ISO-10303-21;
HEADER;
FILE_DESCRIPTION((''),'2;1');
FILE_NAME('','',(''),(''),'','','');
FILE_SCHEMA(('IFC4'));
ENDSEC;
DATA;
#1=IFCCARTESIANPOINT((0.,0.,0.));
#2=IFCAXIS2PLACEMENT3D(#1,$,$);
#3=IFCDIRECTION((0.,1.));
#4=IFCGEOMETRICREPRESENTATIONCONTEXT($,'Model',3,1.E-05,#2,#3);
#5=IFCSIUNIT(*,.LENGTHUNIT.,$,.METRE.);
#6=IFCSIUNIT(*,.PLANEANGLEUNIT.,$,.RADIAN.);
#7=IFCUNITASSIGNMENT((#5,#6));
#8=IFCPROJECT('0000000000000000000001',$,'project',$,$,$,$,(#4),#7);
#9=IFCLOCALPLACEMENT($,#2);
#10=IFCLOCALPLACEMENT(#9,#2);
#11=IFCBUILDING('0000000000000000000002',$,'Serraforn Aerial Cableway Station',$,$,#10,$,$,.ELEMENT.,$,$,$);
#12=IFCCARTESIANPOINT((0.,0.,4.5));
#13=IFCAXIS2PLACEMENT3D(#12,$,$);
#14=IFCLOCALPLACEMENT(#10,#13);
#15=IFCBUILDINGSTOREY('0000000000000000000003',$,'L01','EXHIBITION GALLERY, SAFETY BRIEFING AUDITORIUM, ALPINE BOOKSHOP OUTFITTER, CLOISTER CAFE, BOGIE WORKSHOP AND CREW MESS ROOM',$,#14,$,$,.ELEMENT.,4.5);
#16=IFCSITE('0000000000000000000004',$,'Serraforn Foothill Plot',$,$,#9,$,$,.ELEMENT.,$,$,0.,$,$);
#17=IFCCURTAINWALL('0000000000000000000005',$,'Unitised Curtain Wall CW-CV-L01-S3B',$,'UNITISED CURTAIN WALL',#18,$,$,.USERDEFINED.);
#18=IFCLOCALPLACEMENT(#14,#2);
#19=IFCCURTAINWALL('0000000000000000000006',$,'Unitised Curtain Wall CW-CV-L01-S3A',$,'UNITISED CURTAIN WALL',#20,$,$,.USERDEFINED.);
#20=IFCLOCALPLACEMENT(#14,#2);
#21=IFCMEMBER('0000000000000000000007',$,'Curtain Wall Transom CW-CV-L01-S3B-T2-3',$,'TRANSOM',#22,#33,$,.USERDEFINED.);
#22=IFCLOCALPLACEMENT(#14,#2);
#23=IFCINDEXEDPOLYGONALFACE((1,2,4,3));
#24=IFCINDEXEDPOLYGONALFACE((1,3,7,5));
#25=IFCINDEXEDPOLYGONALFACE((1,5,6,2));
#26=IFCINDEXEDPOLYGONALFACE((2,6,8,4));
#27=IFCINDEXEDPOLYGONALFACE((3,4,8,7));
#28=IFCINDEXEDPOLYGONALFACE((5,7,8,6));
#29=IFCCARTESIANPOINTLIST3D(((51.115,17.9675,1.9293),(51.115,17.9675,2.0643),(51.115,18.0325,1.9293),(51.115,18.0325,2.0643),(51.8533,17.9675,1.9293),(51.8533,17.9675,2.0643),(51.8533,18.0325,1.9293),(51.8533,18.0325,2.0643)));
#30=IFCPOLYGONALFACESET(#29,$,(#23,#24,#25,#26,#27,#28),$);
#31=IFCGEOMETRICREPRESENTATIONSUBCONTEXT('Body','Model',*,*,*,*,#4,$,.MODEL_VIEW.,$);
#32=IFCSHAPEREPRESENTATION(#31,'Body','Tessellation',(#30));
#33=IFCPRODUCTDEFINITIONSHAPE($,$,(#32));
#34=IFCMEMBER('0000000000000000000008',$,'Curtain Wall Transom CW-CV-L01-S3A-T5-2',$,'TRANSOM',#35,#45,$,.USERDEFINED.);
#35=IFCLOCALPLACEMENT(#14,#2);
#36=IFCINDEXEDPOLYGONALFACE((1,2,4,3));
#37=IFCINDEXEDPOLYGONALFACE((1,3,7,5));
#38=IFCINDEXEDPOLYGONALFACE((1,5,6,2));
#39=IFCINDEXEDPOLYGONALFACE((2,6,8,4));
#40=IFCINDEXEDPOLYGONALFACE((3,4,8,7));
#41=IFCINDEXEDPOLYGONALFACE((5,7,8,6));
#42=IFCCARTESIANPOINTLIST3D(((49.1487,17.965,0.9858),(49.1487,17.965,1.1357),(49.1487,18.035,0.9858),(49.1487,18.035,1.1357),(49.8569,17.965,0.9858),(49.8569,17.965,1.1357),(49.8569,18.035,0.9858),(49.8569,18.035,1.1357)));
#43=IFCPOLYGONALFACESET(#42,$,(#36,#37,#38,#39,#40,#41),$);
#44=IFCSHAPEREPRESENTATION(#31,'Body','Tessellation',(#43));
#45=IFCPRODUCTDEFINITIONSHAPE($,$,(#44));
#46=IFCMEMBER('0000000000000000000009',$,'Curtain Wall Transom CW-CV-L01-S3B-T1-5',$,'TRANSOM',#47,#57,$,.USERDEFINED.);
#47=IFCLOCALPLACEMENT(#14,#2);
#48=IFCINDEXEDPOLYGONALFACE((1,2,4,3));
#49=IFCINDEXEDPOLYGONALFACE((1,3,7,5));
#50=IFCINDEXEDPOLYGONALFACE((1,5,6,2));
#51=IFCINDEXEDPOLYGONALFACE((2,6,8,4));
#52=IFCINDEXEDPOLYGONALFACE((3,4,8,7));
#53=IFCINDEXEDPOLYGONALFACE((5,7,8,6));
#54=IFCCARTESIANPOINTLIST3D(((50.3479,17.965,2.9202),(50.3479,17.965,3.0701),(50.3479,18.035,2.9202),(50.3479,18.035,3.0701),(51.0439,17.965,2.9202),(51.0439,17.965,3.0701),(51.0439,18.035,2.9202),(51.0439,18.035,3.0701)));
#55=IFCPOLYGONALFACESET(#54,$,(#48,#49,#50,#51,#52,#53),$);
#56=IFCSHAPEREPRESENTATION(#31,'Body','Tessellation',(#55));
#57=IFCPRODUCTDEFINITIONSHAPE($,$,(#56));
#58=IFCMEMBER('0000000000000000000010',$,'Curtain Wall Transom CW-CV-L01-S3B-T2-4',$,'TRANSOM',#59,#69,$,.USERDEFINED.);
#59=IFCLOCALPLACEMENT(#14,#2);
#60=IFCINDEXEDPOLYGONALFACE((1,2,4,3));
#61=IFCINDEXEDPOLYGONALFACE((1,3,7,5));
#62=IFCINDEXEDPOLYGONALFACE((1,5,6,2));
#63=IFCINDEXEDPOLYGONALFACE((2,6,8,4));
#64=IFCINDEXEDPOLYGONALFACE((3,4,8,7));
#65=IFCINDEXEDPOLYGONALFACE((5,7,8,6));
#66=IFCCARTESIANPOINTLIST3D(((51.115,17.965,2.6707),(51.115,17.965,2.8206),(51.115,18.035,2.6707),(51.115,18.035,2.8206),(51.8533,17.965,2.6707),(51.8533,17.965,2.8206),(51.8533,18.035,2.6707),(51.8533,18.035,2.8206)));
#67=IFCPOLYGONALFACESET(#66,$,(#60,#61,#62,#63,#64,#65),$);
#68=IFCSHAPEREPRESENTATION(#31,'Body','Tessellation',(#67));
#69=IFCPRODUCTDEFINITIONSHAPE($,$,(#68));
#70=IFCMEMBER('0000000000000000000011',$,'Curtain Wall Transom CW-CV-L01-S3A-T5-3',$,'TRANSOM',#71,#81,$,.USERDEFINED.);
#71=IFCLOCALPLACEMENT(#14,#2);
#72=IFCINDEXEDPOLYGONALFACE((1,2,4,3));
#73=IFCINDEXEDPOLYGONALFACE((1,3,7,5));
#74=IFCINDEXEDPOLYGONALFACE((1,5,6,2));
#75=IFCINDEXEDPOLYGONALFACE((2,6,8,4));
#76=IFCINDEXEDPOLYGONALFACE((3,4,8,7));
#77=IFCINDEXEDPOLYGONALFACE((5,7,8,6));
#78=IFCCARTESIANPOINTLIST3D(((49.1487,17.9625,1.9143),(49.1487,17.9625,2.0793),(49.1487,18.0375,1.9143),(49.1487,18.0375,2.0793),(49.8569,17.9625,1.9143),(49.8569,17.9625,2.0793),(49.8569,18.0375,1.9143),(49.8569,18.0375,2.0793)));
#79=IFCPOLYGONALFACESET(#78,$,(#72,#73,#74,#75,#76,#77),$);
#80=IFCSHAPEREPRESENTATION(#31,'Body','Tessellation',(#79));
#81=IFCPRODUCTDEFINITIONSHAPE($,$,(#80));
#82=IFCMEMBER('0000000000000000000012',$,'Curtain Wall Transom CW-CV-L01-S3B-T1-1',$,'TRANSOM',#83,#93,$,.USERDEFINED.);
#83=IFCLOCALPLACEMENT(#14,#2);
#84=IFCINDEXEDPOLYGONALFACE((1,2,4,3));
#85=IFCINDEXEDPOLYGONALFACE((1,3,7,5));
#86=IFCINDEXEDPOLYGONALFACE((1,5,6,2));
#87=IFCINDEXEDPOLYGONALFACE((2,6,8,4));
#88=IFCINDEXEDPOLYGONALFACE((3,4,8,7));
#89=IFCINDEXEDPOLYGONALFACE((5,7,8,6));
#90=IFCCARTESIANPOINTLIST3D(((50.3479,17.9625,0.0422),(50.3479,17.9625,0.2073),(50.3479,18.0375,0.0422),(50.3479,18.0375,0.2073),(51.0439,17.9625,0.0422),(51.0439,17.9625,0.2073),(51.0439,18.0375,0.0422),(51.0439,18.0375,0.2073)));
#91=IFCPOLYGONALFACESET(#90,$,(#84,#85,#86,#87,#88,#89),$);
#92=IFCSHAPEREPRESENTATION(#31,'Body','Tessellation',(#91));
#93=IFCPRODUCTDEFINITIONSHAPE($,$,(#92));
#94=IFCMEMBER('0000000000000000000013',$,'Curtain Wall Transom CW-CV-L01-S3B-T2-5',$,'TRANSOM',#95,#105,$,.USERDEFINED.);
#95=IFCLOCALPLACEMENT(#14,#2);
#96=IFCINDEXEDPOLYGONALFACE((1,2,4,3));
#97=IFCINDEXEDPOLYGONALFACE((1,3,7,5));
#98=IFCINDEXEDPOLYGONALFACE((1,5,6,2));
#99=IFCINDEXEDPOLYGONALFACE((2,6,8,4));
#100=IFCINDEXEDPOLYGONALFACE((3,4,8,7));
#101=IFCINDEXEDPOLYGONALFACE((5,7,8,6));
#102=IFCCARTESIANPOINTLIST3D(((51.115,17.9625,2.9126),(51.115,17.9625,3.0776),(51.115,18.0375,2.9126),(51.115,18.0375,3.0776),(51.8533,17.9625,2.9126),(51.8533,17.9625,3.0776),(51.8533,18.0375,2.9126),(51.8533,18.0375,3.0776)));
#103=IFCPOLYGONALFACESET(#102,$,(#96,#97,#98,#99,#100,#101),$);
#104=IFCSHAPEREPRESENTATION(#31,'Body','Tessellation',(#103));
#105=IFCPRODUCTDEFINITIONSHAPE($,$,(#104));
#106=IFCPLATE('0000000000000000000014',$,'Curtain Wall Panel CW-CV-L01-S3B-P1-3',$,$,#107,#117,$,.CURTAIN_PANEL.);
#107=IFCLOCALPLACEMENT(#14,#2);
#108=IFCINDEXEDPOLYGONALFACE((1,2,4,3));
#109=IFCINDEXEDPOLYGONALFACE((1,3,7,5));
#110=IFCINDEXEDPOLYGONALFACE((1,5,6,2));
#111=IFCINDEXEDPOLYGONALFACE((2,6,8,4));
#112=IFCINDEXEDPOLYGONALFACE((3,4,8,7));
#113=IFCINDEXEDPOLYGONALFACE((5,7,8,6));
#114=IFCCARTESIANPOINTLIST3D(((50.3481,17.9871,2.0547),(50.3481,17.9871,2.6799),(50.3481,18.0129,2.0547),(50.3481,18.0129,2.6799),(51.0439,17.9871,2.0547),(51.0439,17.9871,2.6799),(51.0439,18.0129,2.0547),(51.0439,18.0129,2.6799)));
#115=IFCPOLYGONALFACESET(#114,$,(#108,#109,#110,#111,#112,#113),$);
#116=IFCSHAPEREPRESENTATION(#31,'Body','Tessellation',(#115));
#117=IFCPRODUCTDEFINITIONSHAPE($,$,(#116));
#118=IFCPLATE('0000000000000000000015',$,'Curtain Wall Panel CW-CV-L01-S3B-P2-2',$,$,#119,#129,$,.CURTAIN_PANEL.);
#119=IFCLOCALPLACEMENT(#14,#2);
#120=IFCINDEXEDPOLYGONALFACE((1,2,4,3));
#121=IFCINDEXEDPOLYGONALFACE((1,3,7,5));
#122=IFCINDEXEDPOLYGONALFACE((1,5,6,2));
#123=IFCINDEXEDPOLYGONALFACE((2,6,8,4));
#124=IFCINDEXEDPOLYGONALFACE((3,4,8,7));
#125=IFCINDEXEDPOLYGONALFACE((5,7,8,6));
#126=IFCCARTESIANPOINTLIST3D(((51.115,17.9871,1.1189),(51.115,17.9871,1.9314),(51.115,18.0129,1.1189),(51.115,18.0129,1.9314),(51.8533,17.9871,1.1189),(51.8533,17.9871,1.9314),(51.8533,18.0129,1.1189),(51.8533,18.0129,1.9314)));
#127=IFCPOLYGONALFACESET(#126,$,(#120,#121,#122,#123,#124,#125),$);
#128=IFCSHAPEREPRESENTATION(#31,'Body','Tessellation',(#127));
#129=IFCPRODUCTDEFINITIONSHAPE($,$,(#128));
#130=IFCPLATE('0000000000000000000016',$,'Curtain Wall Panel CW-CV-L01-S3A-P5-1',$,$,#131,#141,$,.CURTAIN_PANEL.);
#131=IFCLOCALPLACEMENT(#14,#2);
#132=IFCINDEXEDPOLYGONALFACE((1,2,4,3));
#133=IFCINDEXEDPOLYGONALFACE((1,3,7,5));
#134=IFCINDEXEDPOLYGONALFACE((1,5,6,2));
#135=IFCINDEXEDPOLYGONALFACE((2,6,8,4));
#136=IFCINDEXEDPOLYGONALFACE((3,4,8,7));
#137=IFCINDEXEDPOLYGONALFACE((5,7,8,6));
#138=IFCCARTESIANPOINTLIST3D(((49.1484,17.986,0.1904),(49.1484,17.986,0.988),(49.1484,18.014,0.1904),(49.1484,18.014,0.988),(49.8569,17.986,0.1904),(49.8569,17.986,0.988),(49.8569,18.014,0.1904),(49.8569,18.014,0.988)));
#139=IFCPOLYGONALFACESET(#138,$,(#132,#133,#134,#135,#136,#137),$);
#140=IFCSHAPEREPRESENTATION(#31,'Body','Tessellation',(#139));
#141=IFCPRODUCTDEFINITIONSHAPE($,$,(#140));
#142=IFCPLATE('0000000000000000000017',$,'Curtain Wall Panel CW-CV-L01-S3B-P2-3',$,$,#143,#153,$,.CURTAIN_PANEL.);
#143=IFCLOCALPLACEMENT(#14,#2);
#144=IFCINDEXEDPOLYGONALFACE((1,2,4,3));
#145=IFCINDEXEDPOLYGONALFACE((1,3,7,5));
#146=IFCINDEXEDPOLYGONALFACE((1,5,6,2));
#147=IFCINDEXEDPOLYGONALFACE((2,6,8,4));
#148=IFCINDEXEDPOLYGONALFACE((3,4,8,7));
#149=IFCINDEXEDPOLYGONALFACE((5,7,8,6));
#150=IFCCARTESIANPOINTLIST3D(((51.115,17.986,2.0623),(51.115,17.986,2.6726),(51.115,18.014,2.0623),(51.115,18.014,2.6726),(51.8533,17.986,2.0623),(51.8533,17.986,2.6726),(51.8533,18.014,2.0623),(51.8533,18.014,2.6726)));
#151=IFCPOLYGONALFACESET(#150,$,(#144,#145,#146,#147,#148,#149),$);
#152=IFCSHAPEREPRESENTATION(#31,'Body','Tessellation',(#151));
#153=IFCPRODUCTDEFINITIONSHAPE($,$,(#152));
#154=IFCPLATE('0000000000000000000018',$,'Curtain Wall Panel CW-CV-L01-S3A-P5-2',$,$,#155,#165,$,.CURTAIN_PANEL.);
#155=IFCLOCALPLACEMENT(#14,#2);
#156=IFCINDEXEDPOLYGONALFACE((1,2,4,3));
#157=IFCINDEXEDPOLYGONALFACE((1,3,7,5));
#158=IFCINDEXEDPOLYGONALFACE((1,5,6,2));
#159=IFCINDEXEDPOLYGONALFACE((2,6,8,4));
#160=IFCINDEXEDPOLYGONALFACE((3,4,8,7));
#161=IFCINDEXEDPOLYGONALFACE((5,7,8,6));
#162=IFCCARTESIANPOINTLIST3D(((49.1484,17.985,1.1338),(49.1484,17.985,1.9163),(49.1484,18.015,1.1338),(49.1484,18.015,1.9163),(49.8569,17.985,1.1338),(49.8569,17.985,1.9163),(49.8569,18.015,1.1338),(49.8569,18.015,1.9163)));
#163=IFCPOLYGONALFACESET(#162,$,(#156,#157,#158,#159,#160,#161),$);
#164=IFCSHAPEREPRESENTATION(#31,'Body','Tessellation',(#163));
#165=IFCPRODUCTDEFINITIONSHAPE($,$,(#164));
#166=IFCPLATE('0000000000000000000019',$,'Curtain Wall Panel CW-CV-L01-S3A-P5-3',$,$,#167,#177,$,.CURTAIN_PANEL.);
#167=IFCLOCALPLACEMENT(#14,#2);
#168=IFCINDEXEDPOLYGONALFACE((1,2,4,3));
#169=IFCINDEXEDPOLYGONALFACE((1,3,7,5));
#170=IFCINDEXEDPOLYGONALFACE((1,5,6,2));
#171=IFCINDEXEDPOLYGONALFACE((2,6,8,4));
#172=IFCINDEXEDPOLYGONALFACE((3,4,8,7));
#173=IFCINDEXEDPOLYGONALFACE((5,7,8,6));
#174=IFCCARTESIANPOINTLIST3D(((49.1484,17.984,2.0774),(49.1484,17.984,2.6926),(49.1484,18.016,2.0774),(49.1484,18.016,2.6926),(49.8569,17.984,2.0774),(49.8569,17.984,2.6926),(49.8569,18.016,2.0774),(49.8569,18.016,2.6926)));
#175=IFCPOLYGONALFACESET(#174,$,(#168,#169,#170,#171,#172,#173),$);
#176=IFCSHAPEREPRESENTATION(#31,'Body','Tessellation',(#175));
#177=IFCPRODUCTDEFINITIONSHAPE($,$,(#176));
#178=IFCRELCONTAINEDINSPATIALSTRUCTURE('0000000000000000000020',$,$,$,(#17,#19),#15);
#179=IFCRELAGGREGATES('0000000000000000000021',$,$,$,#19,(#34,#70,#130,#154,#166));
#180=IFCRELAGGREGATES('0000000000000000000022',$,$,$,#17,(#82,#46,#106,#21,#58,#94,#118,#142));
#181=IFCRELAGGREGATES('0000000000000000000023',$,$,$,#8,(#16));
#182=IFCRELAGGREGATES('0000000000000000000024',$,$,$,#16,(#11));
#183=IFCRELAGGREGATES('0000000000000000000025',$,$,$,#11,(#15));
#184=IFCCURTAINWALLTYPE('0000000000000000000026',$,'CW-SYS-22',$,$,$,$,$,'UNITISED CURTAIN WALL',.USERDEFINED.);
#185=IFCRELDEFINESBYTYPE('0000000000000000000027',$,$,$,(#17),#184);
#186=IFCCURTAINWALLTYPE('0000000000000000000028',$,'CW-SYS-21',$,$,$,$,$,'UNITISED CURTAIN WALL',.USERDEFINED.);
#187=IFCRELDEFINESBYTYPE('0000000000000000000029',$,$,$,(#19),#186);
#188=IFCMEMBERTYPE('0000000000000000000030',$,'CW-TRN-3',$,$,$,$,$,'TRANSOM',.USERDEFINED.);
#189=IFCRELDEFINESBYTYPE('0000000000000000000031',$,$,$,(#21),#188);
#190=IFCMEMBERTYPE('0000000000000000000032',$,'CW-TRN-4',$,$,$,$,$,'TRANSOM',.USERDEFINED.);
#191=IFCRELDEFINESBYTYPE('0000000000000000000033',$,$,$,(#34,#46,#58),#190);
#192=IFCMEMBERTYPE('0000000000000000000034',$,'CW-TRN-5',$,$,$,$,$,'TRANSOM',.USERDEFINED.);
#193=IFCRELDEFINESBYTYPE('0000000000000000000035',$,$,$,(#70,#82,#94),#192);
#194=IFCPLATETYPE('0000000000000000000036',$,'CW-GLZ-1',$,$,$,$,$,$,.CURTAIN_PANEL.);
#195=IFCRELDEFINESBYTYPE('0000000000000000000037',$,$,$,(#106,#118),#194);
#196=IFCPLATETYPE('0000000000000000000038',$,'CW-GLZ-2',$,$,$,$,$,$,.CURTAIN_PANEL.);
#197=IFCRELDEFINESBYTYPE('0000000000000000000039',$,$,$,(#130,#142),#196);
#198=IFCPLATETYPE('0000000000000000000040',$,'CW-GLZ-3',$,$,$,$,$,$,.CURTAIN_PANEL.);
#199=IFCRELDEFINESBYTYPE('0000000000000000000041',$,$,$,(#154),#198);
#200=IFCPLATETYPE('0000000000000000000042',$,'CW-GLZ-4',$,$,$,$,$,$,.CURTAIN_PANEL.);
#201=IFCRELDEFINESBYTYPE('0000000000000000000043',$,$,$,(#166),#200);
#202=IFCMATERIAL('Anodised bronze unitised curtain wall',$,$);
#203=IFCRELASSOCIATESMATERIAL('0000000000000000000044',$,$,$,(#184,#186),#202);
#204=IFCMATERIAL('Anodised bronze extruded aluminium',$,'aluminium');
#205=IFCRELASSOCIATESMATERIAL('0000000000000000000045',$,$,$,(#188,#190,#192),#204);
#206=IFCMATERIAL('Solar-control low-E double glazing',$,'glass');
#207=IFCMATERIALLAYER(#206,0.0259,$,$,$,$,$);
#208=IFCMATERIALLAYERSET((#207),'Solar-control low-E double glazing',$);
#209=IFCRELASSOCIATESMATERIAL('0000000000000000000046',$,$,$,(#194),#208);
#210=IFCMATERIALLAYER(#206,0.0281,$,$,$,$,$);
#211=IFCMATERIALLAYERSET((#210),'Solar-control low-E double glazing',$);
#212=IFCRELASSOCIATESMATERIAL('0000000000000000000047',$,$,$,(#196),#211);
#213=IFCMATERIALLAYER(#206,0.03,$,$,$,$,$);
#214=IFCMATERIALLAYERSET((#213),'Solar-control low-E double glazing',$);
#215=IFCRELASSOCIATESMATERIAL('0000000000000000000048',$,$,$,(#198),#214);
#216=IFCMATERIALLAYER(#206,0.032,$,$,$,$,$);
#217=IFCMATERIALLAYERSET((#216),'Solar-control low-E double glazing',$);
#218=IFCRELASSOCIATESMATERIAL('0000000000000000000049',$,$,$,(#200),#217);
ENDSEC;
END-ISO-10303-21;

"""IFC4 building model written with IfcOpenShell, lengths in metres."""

from ifc_helpers import new_model, si_unit, direction, frame, origin, origin_2d, place, context, subcontext, project, spatial, rectangle, extrude, material, layer, layer_set, material_profile, profile_set, type_object, element, aggregate, save


model = new_model("IFC4")

# Units and contexts
model_context = context("Model", 3, precision=1e-05, world=origin(), true_north=direction((0.0, 1.0)))
body_context = subcontext(model_context, "Body", "Model", "MODEL_VIEW")
ifc_project = project(units=[si_unit("LENGTHUNIT", "METRE"), si_unit("PLANEANGLEUNIT", "RADIAN")], contexts=[model_context])

# Site, building, storey
site_placement = place(None, origin())
site = spatial("IfcSite", under=ifc_project, at=site_placement, Name="Serraforn Foothill Plot", CompositionType="ELEMENT", RefElevation=0.0)
building_placement = place(site_placement, origin())
building = spatial("IfcBuilding", under=site, at=building_placement, Name="Serraforn Aerial Cableway Station", CompositionType="ELEMENT")
storey_placement = place(building_placement, frame((0.0, 0.0, 4.5)))
storey = spatial("IfcBuildingStorey", under=building, at=storey_placement, Name="L01", Description="EXHIBITION GALLERY, SAFETY BRIEFING AUDITORIUM, ALPINE BOOKSHOP OUTFITTER, CLOISTER CAFE, BOGIE WORKSHOP AND CREW MESS ROOM", CompositionType="ELEMENT", Elevation=4.5)

# Curtain wall
ifc_material_1 = material(Name="Anodised bronze unitised curtain wall")
curtain_wall_type_1 = type_object("IfcCurtainWallType", Name="CW-SYS-22", ElementType="UNITISED CURTAIN WALL", PredefinedType="USERDEFINED", material=ifc_material_1)
curtain_wall_1_placement = place(storey_placement, origin())
curtain_wall_1 = element("IfcCurtainWall", 1, at=curtain_wall_1_placement, inside=storey, type_object=curtain_wall_type_1, Name="Unitised Curtain Wall CW-CV-L01-S3B", ObjectType="UNITISED CURTAIN WALL", PredefinedType="USERDEFINED")
ifc_material_2 = material(Name="Anodised bronze extruded aluminium", Category="aluminium")

# Curtain wall
curtain_wall_type_2 = type_object("IfcCurtainWallType", Name="CW-SYS-21", ElementType="UNITISED CURTAIN WALL", PredefinedType="USERDEFINED", material=ifc_material_1)
curtain_wall_2_placement = place(storey_placement, origin())
curtain_wall_2 = element("IfcCurtainWall", 2, at=curtain_wall_2_placement, inside=storey, type_object=curtain_wall_type_2, Name="Unitised Curtain Wall CW-CV-L01-S3A", ObjectType="UNITISED CURTAIN WALL", PredefinedType="USERDEFINED")

# Members
ifc_material_profile_1 = material_profile(ifc_material_2, rectangle(XDim=0.0649, YDim=0.135, at=origin_2d()), Name="CW TRANSOM 65x135")
ifc_profile_set_1 = profile_set([ifc_material_profile_1], Name="Anodised bronze extruded aluminium")
member_type_1 = type_object("IfcMemberType", Name="CW-TRN-3", ElementType="TRANSOM", PredefinedType="USERDEFINED", material=ifc_profile_set_1)
member_1_placement = place(storey_placement, frame((51.115, 18.0, 1.9968), z_axis=(1.0, 0.0, 0.0), x_axis=(0.0, 1.0, 0.0)))
member_1 = element("IfcMember", 3, at=member_1_placement, type_object=member_type_1, Name="Curtain Wall Transom CW-CV-L01-S3B-T2-3", ObjectType="TRANSOM", PredefinedType="USERDEFINED", context=body_context, shape_type="SweptSolid", body=[
    extrude(rectangle(XDim=0.0649, YDim=0.135, at=origin_2d()), origin(), (0.0, 0.0, 1.0), 0.7383),
])
ifc_material_profile_2 = material_profile(ifc_material_2, rectangle(XDim=0.0701, YDim=0.1499, at=origin_2d()), Name="CW TRANSOM 70x150")
ifc_profile_set_2 = profile_set([ifc_material_profile_2], Name="Anodised bronze extruded aluminium")
member_type_2 = type_object("IfcMemberType", Name="CW-TRN-4", ElementType="TRANSOM", PredefinedType="USERDEFINED", material=ifc_profile_set_2)
member_2_placement = place(storey_placement, frame((49.1487, 18.0, 1.0608), z_axis=(1.0, 0.0, 0.0), x_axis=(0.0, 1.0, 0.0)))
member_2 = element("IfcMember", 4, at=member_2_placement, type_object=member_type_2, Name="Curtain Wall Transom CW-CV-L01-S3A-T5-2", ObjectType="TRANSOM", PredefinedType="USERDEFINED", context=body_context, shape_type="SweptSolid", body=[
    extrude(rectangle(XDim=0.0701, YDim=0.1499, at=origin_2d()), origin(), (0.0, 0.0, 1.0), 0.7083),
])
member_3_placement = place(storey_placement, frame((50.3479, 18.0, 2.9951), z_axis=(1.0, 0.0, 0.0), x_axis=(0.0, 1.0, 0.0)))
member_3 = element("IfcMember", 5, at=member_3_placement, type_object=member_type_2, Name="Curtain Wall Transom CW-CV-L01-S3B-T1-5", ObjectType="TRANSOM", PredefinedType="USERDEFINED", context=body_context, shape_type="SweptSolid", body=[
    extrude(rectangle(XDim=0.0701, YDim=0.1499, at=origin_2d()), origin(), (0.0, 0.0, 1.0), 0.696),
])
member_4_placement = place(storey_placement, frame((51.115, 18.0, 2.7456), z_axis=(1.0, 0.0, 0.0), x_axis=(0.0, 1.0, 0.0)))
member_4 = element("IfcMember", 6, at=member_4_placement, type_object=member_type_2, Name="Curtain Wall Transom CW-CV-L01-S3B-T2-4", ObjectType="TRANSOM", PredefinedType="USERDEFINED", context=body_context, shape_type="SweptSolid", body=[
    extrude(rectangle(XDim=0.0701, YDim=0.1499, at=origin_2d()), origin(), (0.0, 0.0, 1.0), 0.7383),
])
ifc_material_profile_3 = material_profile(ifc_material_2, rectangle(XDim=0.075, YDim=0.165, at=origin_2d()), Name="CW TRANSOM 75x165")
ifc_profile_set_3 = profile_set([ifc_material_profile_3], Name="Anodised bronze extruded aluminium")
member_type_3 = type_object("IfcMemberType", Name="CW-TRN-5", ElementType="TRANSOM", PredefinedType="USERDEFINED", material=ifc_profile_set_3)
member_5_placement = place(storey_placement, frame((49.1487, 18.0, 1.9968), z_axis=(1.0, 0.0, 0.0), x_axis=(0.0, 1.0, 0.0)))
member_5 = element("IfcMember", 7, at=member_5_placement, type_object=member_type_3, Name="Curtain Wall Transom CW-CV-L01-S3A-T5-3", ObjectType="TRANSOM", PredefinedType="USERDEFINED", context=body_context, shape_type="SweptSolid", body=[
    extrude(rectangle(XDim=0.075, YDim=0.165, at=origin_2d()), origin(), (0.0, 0.0, 1.0), 0.7083),
])
member_6_placement = place(storey_placement, frame((50.3479, 18.0, 0.1248), z_axis=(1.0, 0.0, 0.0), x_axis=(0.0, 1.0, 0.0)))
member_6 = element("IfcMember", 8, at=member_6_placement, type_object=member_type_3, Name="Curtain Wall Transom CW-CV-L01-S3B-T1-1", ObjectType="TRANSOM", PredefinedType="USERDEFINED", context=body_context, shape_type="SweptSolid", body=[
    extrude(rectangle(XDim=0.075, YDim=0.165, at=origin_2d()), origin(), (0.0, 0.0, 1.0), 0.696),
])
member_7_placement = place(storey_placement, frame((51.115, 18.0, 2.9951), z_axis=(1.0, 0.0, 0.0), x_axis=(0.0, 1.0, 0.0)))
member_7 = element("IfcMember", 9, at=member_7_placement, type_object=member_type_3, Name="Curtain Wall Transom CW-CV-L01-S3B-T2-5", ObjectType="TRANSOM", PredefinedType="USERDEFINED", context=body_context, shape_type="SweptSolid", body=[
    extrude(rectangle(XDim=0.075, YDim=0.165, at=origin_2d()), origin(), (0.0, 0.0, 1.0), 0.7383),
])

# Plates
ifc_material_3 = material(Name="Solar-control low-E double glazing", Category="glass")
ifc_layer_1 = layer(ifc_material_3, 0.0259)
ifc_layer_set_1 = layer_set([ifc_layer_1], Name="Solar-control low-E double glazing")
plate_type_1 = type_object("IfcPlateType", Name="CW-GLZ-1", PredefinedType="CURTAIN_PANEL", material=ifc_layer_set_1)
plate_1_placement = place(storey_placement, frame((50.696, 18.0, 2.0547), z_axis=(0.0, 0.0, 1.0), x_axis=(1.0, 0.0, 0.0)))
plate_1 = element("IfcPlate", 10, at=plate_1_placement, type_object=plate_type_1, Name="Curtain Wall Panel CW-CV-L01-S3B-P1-3", PredefinedType="CURTAIN_PANEL", context=body_context, shape_type="SweptSolid", body=[
    extrude(rectangle(XDim=0.6958, YDim=0.0259, at=origin_2d()), origin(), (0.0, 0.0, 1.0), 0.6252),
])
plate_2_placement = place(storey_placement, frame((51.4841, 18.0, 1.1189), z_axis=(0.0, 0.0, 1.0), x_axis=(1.0, 0.0, 0.0)))
plate_2 = element("IfcPlate", 11, at=plate_2_placement, type_object=plate_type_1, Name="Curtain Wall Panel CW-CV-L01-S3B-P2-2", PredefinedType="CURTAIN_PANEL", context=body_context, shape_type="SweptSolid", body=[
    extrude(rectangle(XDim=0.7383, YDim=0.0259, at=origin_2d()), origin(), (0.0, 0.0, 1.0), 0.8125),
])
ifc_layer_2 = layer(ifc_material_3, 0.0281)
ifc_layer_set_2 = layer_set([ifc_layer_2], Name="Solar-control low-E double glazing")
plate_type_2 = type_object("IfcPlateType", Name="CW-GLZ-2", PredefinedType="CURTAIN_PANEL", material=ifc_layer_set_2)
plate_3_placement = place(storey_placement, frame((49.5027, 18.0, 0.1904), z_axis=(0.0, 0.0, 1.0), x_axis=(1.0, 0.0, 0.0)))
plate_3 = element("IfcPlate", 12, at=plate_3_placement, type_object=plate_type_2, Name="Curtain Wall Panel CW-CV-L01-S3A-P5-1", PredefinedType="CURTAIN_PANEL", context=body_context, shape_type="SweptSolid", body=[
    extrude(rectangle(XDim=0.7085, YDim=0.0281, at=origin_2d()), origin(), (0.0, 0.0, 1.0), 0.7976),
])
plate_4_placement = place(storey_placement, frame((51.4841, 18.0, 2.0623), z_axis=(0.0, 0.0, 1.0), x_axis=(1.0, 0.0, 0.0)))
plate_4 = element("IfcPlate", 13, at=plate_4_placement, type_object=plate_type_2, Name="Curtain Wall Panel CW-CV-L01-S3B-P2-3", PredefinedType="CURTAIN_PANEL", context=body_context, shape_type="SweptSolid", body=[
    extrude(rectangle(XDim=0.7383, YDim=0.0281, at=origin_2d()), origin(), (0.0, 0.0, 1.0), 0.6104),
])
ifc_layer_3 = layer(ifc_material_3, 0.03)
ifc_layer_set_3 = layer_set([ifc_layer_3], Name="Solar-control low-E double glazing")
plate_type_3 = type_object("IfcPlateType", Name="CW-GLZ-3", PredefinedType="CURTAIN_PANEL", material=ifc_layer_set_3)
plate_5_placement = place(storey_placement, frame((49.5027, 18.0, 1.1338), z_axis=(0.0, 0.0, 1.0), x_axis=(1.0, 0.0, 0.0)))
plate_5 = element("IfcPlate", 14, at=plate_5_placement, type_object=plate_type_3, Name="Curtain Wall Panel CW-CV-L01-S3A-P5-2", PredefinedType="CURTAIN_PANEL", context=body_context, shape_type="SweptSolid", body=[
    extrude(rectangle(XDim=0.7085, YDim=0.03, at=origin_2d()), origin(), (0.0, 0.0, 1.0), 0.7825),
])
ifc_layer_4 = layer(ifc_material_3, 0.032)
ifc_layer_set_4 = layer_set([ifc_layer_4], Name="Solar-control low-E double glazing")
plate_type_4 = type_object("IfcPlateType", Name="CW-GLZ-4", PredefinedType="CURTAIN_PANEL", material=ifc_layer_set_4)
plate_6_placement = place(storey_placement, frame((49.5027, 18.0, 2.0774), z_axis=(0.0, 0.0, 1.0), x_axis=(1.0, 0.0, 0.0)))
plate_6 = element("IfcPlate", 15, at=plate_6_placement, type_object=plate_type_4, Name="Curtain Wall Panel CW-CV-L01-S3A-P5-3", PredefinedType="CURTAIN_PANEL", context=body_context, shape_type="SweptSolid", body=[
    extrude(rectangle(XDim=0.7085, YDim=0.032, at=origin_2d()), origin(), (0.0, 0.0, 1.0), 0.6152),
])
aggregate(curtain_wall_2, [member_2, member_5, plate_3, plate_5, plate_6])
aggregate(curtain_wall_1, [member_6, member_3, plate_1, member_1, member_4, member_7, plate_2, plate_4])

save(model, "model.ifc")
